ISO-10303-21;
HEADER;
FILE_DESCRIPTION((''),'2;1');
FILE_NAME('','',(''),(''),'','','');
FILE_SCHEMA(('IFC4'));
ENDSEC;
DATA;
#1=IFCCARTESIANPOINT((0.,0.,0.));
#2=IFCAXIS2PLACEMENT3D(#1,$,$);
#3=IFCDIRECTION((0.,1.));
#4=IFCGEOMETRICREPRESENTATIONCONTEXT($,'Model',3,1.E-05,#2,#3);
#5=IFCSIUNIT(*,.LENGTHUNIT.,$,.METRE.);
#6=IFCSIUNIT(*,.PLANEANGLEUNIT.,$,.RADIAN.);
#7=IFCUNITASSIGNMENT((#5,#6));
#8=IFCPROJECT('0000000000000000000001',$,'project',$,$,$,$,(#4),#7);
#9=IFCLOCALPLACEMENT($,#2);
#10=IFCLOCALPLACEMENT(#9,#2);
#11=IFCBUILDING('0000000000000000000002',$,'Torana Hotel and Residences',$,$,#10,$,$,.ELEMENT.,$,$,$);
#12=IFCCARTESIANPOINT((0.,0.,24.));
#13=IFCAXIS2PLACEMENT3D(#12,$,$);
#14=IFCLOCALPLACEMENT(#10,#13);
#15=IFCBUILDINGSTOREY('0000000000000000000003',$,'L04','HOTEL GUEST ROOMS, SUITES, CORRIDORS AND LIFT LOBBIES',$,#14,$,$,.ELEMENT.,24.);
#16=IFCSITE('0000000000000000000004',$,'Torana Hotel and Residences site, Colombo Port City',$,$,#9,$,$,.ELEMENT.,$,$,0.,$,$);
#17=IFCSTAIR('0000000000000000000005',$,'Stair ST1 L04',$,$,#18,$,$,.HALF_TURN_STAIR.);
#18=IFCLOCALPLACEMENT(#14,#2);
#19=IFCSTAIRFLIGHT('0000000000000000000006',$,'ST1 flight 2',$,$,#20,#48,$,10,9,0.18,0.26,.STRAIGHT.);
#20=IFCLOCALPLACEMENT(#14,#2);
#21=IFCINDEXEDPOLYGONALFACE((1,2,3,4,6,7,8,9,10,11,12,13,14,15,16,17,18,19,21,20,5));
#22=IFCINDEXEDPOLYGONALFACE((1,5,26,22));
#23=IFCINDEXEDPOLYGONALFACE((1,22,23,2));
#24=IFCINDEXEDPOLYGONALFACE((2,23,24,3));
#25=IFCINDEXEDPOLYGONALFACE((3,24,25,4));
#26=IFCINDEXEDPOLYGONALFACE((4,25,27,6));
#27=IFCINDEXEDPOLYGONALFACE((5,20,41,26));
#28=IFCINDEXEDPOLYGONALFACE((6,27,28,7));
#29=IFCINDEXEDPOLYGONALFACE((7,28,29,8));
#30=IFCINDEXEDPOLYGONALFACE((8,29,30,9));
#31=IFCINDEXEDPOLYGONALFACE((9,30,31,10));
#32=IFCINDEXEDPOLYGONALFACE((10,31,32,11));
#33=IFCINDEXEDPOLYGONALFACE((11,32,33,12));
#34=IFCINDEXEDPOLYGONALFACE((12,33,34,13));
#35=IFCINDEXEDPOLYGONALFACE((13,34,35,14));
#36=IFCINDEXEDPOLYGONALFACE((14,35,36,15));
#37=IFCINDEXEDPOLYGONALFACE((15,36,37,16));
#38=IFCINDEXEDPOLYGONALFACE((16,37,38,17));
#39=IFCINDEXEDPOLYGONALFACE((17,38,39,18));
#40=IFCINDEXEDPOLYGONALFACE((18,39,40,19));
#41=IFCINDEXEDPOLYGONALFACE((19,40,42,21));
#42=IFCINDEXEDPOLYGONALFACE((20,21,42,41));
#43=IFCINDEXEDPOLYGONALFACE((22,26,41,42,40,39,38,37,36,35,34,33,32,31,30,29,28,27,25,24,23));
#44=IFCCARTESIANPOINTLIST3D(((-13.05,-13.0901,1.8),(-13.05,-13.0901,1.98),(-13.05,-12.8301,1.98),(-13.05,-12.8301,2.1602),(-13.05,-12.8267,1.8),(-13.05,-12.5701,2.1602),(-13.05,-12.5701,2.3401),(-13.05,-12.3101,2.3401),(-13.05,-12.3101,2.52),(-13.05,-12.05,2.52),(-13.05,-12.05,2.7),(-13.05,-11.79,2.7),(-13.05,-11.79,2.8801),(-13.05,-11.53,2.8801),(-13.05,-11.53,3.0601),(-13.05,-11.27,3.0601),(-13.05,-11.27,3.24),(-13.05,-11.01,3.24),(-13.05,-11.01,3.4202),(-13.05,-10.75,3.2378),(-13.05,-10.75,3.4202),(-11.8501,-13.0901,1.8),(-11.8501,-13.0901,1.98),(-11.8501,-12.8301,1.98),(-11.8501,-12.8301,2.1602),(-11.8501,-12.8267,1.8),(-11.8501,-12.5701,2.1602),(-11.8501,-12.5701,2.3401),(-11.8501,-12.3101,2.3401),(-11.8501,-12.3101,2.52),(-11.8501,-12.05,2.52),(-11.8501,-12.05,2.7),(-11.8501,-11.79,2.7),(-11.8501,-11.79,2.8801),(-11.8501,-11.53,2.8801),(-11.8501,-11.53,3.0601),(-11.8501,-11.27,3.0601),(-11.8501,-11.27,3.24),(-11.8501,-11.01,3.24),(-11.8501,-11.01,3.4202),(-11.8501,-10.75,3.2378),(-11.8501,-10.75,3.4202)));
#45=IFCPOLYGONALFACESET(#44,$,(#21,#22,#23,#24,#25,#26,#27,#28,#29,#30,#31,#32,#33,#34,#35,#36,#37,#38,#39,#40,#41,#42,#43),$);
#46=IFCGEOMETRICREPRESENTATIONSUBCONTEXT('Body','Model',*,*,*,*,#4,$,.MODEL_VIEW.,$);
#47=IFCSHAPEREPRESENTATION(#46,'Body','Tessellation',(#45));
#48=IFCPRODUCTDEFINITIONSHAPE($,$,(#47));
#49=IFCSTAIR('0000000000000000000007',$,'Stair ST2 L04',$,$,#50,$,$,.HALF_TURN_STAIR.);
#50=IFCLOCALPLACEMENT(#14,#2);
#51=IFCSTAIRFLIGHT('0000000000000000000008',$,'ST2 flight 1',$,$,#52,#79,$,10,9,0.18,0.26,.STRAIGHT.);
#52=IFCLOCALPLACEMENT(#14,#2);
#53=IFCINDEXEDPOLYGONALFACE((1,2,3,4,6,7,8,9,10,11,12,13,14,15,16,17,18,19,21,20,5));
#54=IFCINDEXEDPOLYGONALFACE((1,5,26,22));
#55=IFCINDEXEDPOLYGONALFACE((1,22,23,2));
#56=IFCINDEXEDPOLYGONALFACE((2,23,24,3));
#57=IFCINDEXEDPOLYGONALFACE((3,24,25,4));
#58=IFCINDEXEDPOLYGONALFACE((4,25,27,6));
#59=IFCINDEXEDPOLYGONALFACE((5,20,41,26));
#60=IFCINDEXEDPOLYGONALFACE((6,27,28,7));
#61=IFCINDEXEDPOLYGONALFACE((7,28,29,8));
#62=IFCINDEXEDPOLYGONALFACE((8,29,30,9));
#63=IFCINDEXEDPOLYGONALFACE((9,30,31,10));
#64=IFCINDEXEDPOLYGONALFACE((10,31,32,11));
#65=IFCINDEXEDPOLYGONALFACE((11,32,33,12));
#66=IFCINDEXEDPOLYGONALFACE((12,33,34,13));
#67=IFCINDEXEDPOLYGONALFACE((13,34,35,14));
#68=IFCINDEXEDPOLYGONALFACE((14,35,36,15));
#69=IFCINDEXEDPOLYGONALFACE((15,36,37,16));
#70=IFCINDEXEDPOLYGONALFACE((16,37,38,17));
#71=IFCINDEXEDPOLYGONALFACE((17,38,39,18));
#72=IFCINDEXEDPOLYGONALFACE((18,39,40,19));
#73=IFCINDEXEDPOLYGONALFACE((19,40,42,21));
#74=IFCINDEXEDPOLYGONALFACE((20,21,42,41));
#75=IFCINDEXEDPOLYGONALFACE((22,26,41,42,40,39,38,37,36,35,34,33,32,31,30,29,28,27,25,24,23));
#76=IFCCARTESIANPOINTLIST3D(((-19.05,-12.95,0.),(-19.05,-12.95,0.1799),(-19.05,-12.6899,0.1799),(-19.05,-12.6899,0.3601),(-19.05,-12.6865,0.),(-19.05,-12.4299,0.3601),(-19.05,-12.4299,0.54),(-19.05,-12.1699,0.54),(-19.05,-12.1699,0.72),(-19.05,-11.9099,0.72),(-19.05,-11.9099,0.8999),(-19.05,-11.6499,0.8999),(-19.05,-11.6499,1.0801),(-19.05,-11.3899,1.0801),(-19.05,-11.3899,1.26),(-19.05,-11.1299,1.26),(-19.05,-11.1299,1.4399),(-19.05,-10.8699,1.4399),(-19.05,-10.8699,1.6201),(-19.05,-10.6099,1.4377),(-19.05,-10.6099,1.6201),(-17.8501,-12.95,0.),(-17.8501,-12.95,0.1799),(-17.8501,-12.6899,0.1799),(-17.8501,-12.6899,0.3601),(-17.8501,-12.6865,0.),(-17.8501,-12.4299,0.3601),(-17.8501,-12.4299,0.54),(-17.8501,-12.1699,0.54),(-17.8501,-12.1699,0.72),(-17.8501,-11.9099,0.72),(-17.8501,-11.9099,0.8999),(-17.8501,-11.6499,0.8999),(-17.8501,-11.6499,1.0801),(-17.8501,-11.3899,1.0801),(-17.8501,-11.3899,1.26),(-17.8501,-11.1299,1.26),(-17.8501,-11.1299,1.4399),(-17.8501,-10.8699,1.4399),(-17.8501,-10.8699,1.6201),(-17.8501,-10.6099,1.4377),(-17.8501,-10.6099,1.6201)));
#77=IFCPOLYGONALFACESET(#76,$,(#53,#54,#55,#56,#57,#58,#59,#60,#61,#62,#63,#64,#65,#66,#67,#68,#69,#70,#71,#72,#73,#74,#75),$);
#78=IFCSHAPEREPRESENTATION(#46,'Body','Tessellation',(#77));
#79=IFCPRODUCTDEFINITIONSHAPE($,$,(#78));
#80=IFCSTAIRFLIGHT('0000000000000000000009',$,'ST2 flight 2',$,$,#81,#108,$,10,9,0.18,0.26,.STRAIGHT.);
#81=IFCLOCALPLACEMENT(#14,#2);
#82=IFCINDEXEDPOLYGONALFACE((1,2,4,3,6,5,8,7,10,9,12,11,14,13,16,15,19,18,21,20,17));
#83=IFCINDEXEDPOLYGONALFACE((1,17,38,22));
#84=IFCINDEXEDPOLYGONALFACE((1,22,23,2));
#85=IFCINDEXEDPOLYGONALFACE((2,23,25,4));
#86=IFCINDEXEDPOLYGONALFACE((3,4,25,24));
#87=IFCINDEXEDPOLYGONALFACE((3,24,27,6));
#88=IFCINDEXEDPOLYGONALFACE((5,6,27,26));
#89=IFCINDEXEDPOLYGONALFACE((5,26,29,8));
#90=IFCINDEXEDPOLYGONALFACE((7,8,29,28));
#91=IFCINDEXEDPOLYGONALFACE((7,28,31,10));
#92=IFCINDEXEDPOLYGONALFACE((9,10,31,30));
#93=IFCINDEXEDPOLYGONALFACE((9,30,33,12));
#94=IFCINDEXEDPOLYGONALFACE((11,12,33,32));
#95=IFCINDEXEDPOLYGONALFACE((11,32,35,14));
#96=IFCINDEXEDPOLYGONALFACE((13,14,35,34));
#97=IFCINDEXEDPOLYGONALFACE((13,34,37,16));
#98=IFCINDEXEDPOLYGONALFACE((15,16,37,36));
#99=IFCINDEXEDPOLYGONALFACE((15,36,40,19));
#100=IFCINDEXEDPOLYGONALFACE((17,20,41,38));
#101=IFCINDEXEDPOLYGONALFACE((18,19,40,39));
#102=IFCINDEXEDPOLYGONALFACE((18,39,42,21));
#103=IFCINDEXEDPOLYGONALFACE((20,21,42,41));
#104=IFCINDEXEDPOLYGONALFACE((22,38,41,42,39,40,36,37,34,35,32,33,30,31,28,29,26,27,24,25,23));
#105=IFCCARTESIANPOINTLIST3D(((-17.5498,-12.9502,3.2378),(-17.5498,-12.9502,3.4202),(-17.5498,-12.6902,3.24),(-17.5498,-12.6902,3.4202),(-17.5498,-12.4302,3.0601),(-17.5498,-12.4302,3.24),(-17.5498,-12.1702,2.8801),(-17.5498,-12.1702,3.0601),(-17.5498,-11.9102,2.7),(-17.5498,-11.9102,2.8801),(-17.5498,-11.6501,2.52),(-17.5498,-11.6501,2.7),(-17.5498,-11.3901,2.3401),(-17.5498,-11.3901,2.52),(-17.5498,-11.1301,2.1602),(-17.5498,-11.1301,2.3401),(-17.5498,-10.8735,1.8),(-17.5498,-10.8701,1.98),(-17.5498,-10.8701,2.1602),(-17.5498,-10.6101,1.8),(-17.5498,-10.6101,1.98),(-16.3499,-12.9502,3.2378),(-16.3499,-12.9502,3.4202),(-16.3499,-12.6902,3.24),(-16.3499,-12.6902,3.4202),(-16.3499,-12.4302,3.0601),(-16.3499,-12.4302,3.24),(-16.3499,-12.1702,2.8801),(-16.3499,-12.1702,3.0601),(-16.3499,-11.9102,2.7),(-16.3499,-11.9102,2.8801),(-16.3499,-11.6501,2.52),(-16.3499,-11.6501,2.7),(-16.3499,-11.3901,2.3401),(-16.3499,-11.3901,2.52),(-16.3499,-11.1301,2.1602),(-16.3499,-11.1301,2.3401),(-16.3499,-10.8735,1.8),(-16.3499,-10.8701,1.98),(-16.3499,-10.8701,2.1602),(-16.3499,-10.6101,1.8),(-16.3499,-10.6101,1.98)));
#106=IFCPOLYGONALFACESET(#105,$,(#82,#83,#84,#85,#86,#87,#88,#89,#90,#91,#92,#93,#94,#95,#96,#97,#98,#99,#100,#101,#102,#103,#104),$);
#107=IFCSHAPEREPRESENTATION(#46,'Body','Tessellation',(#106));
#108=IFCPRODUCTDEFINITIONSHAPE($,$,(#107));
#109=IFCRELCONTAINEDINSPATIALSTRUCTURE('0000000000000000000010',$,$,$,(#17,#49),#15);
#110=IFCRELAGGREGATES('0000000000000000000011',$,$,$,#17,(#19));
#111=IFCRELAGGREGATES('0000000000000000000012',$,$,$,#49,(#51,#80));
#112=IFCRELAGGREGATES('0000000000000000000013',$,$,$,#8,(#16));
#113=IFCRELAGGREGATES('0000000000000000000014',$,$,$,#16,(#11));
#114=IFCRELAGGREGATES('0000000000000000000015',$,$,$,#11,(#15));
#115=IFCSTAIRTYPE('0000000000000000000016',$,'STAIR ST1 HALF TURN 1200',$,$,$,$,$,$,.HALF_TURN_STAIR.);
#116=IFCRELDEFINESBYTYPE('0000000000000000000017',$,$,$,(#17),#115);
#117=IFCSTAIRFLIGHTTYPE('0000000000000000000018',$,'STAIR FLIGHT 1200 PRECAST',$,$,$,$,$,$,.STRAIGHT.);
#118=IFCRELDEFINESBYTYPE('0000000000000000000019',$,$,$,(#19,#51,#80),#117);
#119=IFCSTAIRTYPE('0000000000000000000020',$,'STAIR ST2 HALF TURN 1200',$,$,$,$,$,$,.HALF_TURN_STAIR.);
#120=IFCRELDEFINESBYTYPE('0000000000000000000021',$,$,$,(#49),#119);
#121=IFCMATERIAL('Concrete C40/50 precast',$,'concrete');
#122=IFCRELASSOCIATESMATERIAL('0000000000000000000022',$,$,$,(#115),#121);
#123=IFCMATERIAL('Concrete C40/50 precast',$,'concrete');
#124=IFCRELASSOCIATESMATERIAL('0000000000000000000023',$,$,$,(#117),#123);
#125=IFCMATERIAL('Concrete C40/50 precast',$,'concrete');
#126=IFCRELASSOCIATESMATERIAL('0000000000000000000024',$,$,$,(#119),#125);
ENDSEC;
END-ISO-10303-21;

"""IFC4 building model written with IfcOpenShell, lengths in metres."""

from ifc_helpers import new_model, si_unit, direction, frame, origin, place, context, subcontext, project, spatial, polyline, outline, extrude, material, type_object, element, aggregate, save


model = new_model("IFC4")

# Units and contexts
model_context = context("Model", 3, precision=1e-05, world=origin(), true_north=direction((0.0, 1.0)))
body_context = subcontext(model_context, "Body", "Model", "MODEL_VIEW")
ifc_project = project(units=[si_unit("LENGTHUNIT", "METRE"), si_unit("PLANEANGLEUNIT", "RADIAN")], contexts=[model_context])

# Site, building, storey
site_placement = place(None, origin())
site = spatial("IfcSite", under=ifc_project, at=site_placement, Name="Torana Hotel and Residences site, Colombo Port City", CompositionType="ELEMENT", RefElevation=0.0)
building_placement = place(site_placement, origin())
building = spatial("IfcBuilding", under=site, at=building_placement, Name="Torana Hotel and Residences", CompositionType="ELEMENT")
storey_placement = place(building_placement, frame((0.0, 0.0, 24.0)))
storey = spatial("IfcBuildingStorey", under=building, at=storey_placement, Name="L04", Description="HOTEL GUEST ROOMS, SUITES, CORRIDORS AND LIFT LOBBIES", CompositionType="ELEMENT", Elevation=24.0)

# Stairs, stair flights
ifc_material_1 = material(Name="Concrete C40/50 precast", Category="concrete")
stair_type_1 = type_object("IfcStairType", Name="STAIR ST1 HALF TURN 1200", PredefinedType="HALF_TURN_STAIR", material=ifc_material_1)
stair_1_placement = place(storey_placement, origin())
stair_1 = element("IfcStair", 1, at=stair_1_placement, inside=storey, type_object=stair_type_1, Name="Stair ST1 L04", PredefinedType="HALF_TURN_STAIR")
ifc_material_2 = material(Name="Concrete C40/50 precast", Category="concrete")
stair_flight_type = type_object("IfcStairFlightType", Name="STAIR FLIGHT 1200 PRECAST", PredefinedType="STRAIGHT", material=ifc_material_2)
stair_flight_1_placement = place(storey_placement, frame((-12.45, -13.0901, 1.8), z_axis=(0.0, 0.0, 1.0), x_axis=(0.0, 1.0, 0.0)))
stair_flight_1 = element("IfcStairFlight", 2, at=stair_flight_1_placement, type_object=stair_flight_type, Name="ST1 flight 2", NumberOfRisers=10, NumberOfTreads=9, PredefinedType="STRAIGHT", RiserHeight=0.18, TreadLength=0.26, context=body_context, shape_type="SweptSolid", body=[
    extrude(outline(polyline([(0.0, 0.0), (0.0, 0.1799), (0.26, 0.1799), (0.26, 0.3601), (0.52, 0.3601), (0.52, 0.54), (0.78, 0.54), (0.78, 0.72), (1.04, 0.72), (1.04, 0.8999), (1.3, 0.8999), (1.3, 1.0801), (1.5601, 1.0801), (1.5601, 1.26), (1.8201, 1.26), (1.8201, 1.4399), (2.0801, 1.4399), (2.0801, 1.6201), (2.3401, 1.6201), (2.3401, 1.8), (2.3401, 1.4377), (0.2634, 0.0), (0.0, 0.0)])), frame((0.0, 0.6001, 0.0), z_axis=(0.0, -1.0, 0.0), x_axis=(1.0, 0.0, 0.0)), (0.0, 0.0, 1.0), 1.2),
])
aggregate(stair_1, [stair_flight_1])
ifc_material_3 = material(Name="Concrete C40/50 precast", Category="concrete")
stair_type_2 = type_object("IfcStairType", Name="STAIR ST2 HALF TURN 1200", PredefinedType="HALF_TURN_STAIR", material=ifc_material_3)
stair_2_placement = place(storey_placement, origin())
stair_2 = element("IfcStair", 3, at=stair_2_placement, inside=storey, type_object=stair_type_2, Name="Stair ST2 L04", PredefinedType="HALF_TURN_STAIR")
stair_flight_2_placement = place(storey_placement, frame((-18.45, -12.95, 0.0), z_axis=(0.0, 0.0, 1.0), x_axis=(0.0, 1.0, 0.0)))
stair_flight_2 = element("IfcStairFlight", 4, at=stair_flight_2_placement, type_object=stair_flight_type, Name="ST2 flight 1", NumberOfRisers=10, NumberOfTreads=9, PredefinedType="STRAIGHT", RiserHeight=0.18, TreadLength=0.26, context=body_context, shape_type="SweptSolid", body=[
    extrude(outline(polyline([(0.0, 0.0), (0.0, 0.1799), (0.26, 0.1799), (0.26, 0.3601), (0.52, 0.3601), (0.52, 0.54), (0.78, 0.54), (0.78, 0.72), (1.04, 0.72), (1.04, 0.8999), (1.3, 0.8999), (1.3, 1.0801), (1.5601, 1.0801), (1.5601, 1.26), (1.8201, 1.26), (1.8201, 1.4399), (2.0801, 1.4399), (2.0801, 1.6201), (2.3401, 1.6201), (2.3401, 1.8), (2.3401, 1.4377), (0.2634, 0.0), (0.0, 0.0)])), frame((0.0, 0.6001, 0.0), z_axis=(0.0, -1.0, 0.0), x_axis=(1.0, 0.0, 0.0)), (0.0, 0.0, 1.0), 1.2),
])
stair_flight_3_placement = place(storey_placement, frame((-16.95, -10.6101, 1.8), z_axis=(0.0, 0.0, 1.0), x_axis=(0.0, -1.0, 0.0)))
stair_flight_3 = element("IfcStairFlight", 5, at=stair_flight_3_placement, type_object=stair_flight_type, Name="ST2 flight 2", NumberOfRisers=10, NumberOfTreads=9, PredefinedType="STRAIGHT", RiserHeight=0.18, TreadLength=0.26, context=body_context, shape_type="SweptSolid", body=[
    extrude(outline(polyline([(0.0, 0.0), (0.0, 0.1799), (0.26, 0.1799), (0.26, 0.3601), (0.52, 0.3601), (0.52, 0.54), (0.78, 0.54), (0.78, 0.72), (1.04, 0.72), (1.04, 0.8999), (1.3, 0.8999), (1.3, 1.0801), (1.5601, 1.0801), (1.5601, 1.26), (1.8201, 1.26), (1.8201, 1.4399), (2.0801, 1.4399), (2.0801, 1.6201), (2.3401, 1.6201), (2.3401, 1.8), (2.3401, 1.4377), (0.2634, 0.0), (0.0, 0.0)])), frame((0.0, 0.6001, 0.0), z_axis=(0.0, -1.0, 0.0), x_axis=(1.0, 0.0, 0.0)), (0.0, 0.0, 1.0), 1.2),
])
aggregate(stair_2, [stair_flight_2, stair_flight_3])

save(model, "model.ifc")
